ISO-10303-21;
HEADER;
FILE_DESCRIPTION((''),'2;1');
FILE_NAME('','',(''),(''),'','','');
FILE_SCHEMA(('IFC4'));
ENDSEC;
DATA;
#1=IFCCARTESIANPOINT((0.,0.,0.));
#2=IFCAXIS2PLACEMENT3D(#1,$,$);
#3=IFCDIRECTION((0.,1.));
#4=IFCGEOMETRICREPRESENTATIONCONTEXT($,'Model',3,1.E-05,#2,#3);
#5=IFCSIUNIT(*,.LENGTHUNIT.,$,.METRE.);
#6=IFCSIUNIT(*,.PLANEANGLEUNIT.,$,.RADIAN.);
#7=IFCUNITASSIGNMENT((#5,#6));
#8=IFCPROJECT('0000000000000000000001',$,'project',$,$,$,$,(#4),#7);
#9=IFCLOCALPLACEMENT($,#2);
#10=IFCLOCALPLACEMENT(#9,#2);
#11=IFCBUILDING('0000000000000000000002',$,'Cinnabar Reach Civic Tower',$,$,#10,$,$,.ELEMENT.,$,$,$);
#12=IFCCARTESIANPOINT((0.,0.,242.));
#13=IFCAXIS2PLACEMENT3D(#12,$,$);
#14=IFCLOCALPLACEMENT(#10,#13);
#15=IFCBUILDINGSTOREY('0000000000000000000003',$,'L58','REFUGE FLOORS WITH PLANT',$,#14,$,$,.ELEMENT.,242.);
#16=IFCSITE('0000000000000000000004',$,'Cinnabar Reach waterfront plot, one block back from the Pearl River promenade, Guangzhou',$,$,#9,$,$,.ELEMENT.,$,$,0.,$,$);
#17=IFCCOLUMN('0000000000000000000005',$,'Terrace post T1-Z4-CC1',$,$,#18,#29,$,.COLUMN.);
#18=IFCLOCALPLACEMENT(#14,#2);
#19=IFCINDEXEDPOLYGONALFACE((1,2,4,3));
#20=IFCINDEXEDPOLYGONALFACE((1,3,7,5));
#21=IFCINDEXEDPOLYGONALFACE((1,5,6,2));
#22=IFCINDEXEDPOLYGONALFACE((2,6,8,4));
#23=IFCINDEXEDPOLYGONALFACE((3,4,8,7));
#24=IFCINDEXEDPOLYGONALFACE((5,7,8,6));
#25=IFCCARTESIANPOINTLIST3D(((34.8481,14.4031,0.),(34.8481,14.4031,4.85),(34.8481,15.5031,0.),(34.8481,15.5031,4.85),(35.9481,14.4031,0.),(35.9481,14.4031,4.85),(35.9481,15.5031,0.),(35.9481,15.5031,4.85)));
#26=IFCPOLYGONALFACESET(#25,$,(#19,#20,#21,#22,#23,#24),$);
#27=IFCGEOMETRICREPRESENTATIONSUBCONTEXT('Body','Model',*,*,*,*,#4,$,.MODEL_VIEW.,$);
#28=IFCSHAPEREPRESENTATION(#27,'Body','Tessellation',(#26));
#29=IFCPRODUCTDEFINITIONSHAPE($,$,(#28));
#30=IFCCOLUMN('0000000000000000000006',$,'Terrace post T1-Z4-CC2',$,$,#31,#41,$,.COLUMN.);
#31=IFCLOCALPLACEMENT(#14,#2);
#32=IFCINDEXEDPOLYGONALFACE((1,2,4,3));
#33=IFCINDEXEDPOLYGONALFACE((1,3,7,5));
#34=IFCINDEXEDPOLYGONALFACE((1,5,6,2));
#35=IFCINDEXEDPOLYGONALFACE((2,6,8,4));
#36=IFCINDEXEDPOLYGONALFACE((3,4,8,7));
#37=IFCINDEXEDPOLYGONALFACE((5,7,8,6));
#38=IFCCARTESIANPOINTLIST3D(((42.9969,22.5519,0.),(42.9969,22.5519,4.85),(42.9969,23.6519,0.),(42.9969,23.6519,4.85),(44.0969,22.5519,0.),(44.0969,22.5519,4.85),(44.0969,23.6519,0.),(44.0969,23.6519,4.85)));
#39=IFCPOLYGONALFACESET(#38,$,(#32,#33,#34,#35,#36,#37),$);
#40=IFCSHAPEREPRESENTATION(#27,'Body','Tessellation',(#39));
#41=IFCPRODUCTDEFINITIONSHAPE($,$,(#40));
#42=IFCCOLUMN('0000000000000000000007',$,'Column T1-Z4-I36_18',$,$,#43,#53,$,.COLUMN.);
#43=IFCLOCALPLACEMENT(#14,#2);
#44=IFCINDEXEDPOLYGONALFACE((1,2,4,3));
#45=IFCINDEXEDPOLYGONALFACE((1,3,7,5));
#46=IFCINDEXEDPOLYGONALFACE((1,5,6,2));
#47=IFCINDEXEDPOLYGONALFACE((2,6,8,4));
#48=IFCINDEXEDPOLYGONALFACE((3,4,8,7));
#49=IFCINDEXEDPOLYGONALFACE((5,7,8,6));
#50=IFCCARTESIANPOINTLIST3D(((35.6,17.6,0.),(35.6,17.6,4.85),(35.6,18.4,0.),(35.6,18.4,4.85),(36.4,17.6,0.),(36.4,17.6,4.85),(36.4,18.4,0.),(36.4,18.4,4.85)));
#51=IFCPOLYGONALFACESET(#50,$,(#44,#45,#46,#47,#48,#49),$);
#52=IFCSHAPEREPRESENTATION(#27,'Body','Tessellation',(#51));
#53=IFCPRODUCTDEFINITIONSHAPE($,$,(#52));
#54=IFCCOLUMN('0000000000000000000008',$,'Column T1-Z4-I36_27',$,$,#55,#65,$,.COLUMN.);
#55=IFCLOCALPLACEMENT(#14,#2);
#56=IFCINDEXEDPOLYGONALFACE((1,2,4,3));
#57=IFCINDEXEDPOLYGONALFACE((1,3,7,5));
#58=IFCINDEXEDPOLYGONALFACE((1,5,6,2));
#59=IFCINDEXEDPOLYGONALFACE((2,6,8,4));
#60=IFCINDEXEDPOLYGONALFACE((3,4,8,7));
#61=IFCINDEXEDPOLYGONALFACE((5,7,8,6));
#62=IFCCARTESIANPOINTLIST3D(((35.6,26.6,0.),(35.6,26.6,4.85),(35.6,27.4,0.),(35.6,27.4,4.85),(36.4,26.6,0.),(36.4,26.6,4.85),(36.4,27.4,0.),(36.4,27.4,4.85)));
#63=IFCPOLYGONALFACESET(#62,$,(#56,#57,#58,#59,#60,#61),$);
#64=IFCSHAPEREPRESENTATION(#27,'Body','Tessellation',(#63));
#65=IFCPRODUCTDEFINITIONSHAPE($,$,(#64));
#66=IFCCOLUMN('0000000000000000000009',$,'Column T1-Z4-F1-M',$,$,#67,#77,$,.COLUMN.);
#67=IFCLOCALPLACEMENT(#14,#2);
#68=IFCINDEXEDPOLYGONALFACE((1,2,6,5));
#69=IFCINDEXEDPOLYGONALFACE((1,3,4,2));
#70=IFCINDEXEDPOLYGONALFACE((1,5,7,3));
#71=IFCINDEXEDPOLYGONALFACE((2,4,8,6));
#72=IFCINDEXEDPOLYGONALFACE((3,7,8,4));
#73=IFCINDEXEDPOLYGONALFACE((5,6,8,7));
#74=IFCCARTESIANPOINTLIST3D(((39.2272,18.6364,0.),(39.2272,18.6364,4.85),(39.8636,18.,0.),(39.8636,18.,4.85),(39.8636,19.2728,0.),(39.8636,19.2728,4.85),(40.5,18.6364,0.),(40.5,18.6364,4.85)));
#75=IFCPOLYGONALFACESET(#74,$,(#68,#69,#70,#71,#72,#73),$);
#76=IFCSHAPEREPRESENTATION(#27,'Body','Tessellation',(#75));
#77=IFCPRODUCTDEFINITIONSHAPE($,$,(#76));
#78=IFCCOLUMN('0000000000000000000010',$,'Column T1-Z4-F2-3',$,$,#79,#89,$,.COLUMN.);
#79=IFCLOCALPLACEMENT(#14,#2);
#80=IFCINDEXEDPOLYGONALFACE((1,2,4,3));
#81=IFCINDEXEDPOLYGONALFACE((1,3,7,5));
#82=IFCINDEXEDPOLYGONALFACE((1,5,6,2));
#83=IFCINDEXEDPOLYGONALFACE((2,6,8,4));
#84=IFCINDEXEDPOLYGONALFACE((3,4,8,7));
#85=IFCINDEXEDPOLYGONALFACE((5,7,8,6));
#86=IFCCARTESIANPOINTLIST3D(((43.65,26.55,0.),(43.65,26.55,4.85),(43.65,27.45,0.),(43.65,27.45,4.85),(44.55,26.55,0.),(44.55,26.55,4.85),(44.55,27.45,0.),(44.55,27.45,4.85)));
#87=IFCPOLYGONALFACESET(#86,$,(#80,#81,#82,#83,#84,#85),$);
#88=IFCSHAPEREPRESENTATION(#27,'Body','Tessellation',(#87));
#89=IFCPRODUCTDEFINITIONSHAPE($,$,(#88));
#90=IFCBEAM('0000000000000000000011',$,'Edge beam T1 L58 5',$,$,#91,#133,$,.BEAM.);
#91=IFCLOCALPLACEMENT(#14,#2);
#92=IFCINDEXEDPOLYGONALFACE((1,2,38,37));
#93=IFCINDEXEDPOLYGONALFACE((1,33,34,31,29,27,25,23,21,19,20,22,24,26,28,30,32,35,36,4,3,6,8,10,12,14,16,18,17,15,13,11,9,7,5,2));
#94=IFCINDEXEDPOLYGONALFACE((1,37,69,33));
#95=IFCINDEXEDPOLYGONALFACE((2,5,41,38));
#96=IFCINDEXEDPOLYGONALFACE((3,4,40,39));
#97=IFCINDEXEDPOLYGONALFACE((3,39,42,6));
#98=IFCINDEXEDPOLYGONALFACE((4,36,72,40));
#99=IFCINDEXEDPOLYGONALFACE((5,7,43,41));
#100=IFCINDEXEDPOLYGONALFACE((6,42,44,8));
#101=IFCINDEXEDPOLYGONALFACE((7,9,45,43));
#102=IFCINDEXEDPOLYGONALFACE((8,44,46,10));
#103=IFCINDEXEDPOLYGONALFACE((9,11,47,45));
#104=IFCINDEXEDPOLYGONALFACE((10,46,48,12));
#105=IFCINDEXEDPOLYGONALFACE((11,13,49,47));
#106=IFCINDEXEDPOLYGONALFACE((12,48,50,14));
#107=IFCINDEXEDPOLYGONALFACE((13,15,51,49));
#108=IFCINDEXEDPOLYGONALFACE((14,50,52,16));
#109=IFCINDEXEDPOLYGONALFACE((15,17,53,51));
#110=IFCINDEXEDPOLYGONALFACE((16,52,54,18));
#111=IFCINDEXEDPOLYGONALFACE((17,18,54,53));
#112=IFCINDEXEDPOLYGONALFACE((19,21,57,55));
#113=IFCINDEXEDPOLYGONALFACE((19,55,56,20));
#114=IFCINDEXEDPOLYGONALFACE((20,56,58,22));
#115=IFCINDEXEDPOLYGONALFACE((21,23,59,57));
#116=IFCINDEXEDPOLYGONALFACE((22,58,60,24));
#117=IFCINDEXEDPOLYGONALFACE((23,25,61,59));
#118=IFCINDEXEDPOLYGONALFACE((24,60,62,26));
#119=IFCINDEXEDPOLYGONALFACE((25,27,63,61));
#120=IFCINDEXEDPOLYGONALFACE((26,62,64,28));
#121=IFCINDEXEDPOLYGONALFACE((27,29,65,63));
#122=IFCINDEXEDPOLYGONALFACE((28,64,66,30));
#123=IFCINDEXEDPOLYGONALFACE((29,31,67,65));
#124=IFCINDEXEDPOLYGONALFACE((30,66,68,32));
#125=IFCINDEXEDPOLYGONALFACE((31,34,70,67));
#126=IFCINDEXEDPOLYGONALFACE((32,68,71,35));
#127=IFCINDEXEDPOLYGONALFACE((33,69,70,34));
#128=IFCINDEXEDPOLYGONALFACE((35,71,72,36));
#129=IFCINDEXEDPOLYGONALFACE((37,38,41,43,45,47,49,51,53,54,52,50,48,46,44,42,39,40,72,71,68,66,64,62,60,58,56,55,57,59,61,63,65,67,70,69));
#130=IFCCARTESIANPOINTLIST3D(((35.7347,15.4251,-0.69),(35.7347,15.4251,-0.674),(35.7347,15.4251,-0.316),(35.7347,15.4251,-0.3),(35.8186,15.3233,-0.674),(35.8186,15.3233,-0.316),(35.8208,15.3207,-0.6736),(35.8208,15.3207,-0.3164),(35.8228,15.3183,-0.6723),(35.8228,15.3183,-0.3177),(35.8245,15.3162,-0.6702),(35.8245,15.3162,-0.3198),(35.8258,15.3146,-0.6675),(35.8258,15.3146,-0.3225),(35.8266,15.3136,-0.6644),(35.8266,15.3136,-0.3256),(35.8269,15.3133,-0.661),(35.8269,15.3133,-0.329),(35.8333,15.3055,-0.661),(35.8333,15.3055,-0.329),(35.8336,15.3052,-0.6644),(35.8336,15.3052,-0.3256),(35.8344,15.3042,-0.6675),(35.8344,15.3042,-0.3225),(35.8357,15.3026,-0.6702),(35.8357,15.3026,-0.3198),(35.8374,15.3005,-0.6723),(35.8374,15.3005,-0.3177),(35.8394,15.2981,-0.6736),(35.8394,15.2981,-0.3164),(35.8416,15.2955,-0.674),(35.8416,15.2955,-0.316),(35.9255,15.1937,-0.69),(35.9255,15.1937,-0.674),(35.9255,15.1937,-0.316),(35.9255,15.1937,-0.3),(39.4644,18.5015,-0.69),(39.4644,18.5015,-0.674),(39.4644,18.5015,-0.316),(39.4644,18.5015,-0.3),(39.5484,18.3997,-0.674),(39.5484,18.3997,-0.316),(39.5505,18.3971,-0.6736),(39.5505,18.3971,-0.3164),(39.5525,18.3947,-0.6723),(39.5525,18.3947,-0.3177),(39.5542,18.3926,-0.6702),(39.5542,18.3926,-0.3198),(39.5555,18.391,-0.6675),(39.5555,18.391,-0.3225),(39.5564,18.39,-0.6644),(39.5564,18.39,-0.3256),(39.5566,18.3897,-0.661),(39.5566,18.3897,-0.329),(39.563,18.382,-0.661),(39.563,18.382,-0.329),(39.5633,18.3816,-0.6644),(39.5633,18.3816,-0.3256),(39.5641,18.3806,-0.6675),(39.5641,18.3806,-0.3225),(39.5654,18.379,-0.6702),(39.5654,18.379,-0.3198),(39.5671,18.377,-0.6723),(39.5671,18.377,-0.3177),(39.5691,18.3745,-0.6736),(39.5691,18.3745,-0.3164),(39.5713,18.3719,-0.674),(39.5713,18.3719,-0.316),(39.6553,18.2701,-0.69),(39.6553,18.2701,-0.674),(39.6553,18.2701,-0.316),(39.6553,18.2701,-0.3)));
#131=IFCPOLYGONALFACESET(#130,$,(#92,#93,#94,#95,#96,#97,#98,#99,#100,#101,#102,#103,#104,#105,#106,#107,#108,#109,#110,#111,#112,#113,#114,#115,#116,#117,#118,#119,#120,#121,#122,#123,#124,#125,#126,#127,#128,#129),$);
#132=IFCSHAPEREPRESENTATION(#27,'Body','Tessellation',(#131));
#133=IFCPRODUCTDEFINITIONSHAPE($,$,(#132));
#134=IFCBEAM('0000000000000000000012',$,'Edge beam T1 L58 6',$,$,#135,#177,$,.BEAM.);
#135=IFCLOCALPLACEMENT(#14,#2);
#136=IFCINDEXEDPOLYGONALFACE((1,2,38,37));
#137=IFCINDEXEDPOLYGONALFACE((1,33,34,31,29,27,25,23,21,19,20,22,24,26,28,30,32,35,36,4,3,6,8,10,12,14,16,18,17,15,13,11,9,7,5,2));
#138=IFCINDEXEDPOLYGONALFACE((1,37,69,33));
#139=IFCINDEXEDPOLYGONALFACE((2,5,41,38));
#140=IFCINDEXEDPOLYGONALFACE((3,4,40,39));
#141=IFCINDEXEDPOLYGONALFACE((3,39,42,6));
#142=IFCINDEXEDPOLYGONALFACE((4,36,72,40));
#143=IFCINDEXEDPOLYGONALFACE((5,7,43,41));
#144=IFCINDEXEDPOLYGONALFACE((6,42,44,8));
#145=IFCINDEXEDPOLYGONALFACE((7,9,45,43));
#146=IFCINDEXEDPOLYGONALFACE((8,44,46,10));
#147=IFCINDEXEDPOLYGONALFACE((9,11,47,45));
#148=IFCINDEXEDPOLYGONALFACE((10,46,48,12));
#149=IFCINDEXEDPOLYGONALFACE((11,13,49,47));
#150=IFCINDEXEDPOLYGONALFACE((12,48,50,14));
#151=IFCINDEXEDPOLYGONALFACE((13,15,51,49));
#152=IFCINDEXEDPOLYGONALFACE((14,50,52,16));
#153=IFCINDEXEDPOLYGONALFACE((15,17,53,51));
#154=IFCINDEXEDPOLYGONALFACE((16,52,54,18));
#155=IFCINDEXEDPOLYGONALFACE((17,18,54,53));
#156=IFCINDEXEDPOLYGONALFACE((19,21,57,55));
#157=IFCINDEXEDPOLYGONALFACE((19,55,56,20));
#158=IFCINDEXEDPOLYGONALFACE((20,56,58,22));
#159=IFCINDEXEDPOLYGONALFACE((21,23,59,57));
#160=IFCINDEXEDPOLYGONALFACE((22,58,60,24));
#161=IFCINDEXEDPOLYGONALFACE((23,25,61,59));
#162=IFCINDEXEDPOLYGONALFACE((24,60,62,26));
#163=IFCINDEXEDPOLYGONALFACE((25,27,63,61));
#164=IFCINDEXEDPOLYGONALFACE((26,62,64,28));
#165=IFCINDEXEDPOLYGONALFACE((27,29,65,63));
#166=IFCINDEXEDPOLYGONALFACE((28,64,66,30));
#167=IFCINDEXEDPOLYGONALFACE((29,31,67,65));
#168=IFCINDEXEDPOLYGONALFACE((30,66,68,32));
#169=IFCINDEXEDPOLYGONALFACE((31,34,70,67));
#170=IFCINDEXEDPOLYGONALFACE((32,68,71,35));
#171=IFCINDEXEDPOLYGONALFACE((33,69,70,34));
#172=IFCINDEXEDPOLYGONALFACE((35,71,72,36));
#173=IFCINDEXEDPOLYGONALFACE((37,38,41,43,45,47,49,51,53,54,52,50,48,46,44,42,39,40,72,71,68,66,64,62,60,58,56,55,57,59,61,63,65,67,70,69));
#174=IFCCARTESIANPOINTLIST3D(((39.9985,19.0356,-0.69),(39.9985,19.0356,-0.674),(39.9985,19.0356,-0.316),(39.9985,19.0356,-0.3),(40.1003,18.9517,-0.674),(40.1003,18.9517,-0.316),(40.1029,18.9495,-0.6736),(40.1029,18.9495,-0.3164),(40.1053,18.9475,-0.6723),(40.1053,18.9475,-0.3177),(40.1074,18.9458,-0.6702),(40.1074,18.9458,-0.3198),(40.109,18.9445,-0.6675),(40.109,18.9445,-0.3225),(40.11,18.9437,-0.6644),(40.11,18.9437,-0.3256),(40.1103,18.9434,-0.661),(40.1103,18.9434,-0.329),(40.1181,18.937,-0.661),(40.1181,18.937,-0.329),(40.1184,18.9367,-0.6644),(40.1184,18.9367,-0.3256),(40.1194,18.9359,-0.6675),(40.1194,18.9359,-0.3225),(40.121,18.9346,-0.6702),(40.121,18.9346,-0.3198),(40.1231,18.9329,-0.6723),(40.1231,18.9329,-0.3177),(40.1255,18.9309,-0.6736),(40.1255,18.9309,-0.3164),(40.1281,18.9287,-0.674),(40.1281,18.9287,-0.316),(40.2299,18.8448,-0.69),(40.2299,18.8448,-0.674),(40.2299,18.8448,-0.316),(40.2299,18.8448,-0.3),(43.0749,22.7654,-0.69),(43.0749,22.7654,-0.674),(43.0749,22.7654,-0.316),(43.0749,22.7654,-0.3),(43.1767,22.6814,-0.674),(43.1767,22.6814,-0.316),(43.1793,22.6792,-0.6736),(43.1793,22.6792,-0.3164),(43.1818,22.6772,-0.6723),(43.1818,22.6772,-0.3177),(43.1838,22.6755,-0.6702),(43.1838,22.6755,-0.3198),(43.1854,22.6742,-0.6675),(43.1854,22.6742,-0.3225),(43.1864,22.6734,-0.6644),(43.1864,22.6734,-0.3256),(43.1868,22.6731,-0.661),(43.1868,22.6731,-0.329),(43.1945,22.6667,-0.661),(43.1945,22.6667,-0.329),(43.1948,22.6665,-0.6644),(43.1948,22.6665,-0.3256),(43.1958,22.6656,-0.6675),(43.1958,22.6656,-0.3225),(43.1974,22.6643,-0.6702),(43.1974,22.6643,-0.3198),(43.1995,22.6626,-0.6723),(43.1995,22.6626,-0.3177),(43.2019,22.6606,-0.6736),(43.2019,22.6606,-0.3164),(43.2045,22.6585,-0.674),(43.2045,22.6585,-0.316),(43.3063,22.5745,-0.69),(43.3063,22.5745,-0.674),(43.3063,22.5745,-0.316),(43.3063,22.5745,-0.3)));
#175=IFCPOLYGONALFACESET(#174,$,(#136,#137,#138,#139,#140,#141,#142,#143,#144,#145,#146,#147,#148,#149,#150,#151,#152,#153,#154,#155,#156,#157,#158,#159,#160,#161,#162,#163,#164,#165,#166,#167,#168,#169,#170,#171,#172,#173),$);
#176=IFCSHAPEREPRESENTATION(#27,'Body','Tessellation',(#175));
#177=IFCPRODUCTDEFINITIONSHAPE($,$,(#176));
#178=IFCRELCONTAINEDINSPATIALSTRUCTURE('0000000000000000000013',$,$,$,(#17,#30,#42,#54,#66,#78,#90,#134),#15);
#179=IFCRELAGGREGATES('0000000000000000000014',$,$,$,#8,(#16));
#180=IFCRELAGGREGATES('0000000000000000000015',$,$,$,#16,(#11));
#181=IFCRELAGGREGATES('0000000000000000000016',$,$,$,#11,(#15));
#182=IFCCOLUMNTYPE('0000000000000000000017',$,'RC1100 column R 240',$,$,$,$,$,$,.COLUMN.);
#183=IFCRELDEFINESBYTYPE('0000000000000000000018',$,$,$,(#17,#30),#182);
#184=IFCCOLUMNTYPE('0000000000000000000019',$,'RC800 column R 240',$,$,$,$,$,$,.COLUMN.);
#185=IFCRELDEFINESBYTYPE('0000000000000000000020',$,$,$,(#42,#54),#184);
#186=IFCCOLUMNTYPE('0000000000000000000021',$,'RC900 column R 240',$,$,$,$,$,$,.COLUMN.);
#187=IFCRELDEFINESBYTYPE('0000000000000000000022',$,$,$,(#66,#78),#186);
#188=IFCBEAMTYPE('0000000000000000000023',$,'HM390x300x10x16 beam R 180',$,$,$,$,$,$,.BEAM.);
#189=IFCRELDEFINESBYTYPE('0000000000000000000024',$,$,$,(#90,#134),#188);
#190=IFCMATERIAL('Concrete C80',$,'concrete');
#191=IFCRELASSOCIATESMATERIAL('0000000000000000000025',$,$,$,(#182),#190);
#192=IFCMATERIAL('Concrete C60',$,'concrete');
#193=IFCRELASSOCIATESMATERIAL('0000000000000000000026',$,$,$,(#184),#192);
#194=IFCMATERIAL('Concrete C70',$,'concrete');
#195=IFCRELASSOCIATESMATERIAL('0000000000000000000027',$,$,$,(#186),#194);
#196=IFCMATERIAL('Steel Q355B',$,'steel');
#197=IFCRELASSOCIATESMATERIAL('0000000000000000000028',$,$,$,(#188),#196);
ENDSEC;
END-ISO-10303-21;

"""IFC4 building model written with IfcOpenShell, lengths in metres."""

from ifc_helpers import new_model, si_unit, direction, frame, origin, origin_2d, place, context, subcontext, project, spatial, rectangle, i_section, extrude, material, material_profile, profile_set, type_object, element, save


model = new_model("IFC4")

# Units and contexts
model_context = context("Model", 3, precision=1e-05, world=origin(), true_north=direction((0.0, 1.0)))
body_context = subcontext(model_context, "Body", "Model", "MODEL_VIEW")
ifc_project = project(units=[si_unit("LENGTHUNIT", "METRE"), si_unit("PLANEANGLEUNIT", "RADIAN")], contexts=[model_context])

# Site, building, storey
site_placement = place(None, origin())
site = spatial("IfcSite", under=ifc_project, at=site_placement, Name="Cinnabar Reach waterfront plot, one block back from the Pearl River promenade, Guangzhou", CompositionType="ELEMENT", RefElevation=0.0)
building_placement = place(site_placement, origin())
building = spatial("IfcBuilding", under=site, at=building_placement, Name="Cinnabar Reach Civic Tower", CompositionType="ELEMENT")
storey_placement = place(building_placement, frame((0.0, 0.0, 242.0)))
storey = spatial("IfcBuildingStorey", under=building, at=storey_placement, Name="L58", Description="REFUGE FLOORS WITH PLANT", CompositionType="ELEMENT", Elevation=242.0)

# Columns
ifc_material_1 = material(Name="Concrete C80", Category="concrete")
ifc_material_profile_1 = material_profile(ifc_material_1, rectangle(XDim=1.1, YDim=1.1, at=origin_2d()), Name="RC1100")
ifc_profile_set_1 = profile_set([ifc_material_profile_1], Name="Concrete C80")
column_type_1 = type_object("IfcColumnType", Name="RC1100 column R 240", PredefinedType="COLUMN", material=ifc_profile_set_1)
for number, where, z_axis, x_axis, name in (
    (1, (35.3981, 14.9531, 0.0), (0.0, 0.0, 1.0), (1.0, 0.0, 0.0), "Terrace post T1-Z4-CC1"),
    (2, (43.5469, 23.1019, 0.0), (0.0, 0.0, 1.0), (1.0, 0.0, 0.0), "Terrace post T1-Z4-CC2"),
):
    element("IfcColumn", number, at=place(storey_placement, frame(where, z_axis=z_axis, x_axis=x_axis)), inside=storey, type_object=column_type_1, Name=name, PredefinedType="COLUMN", context=body_context, shape_type="SweptSolid", body=[
        extrude(rectangle(XDim=1.1, YDim=1.1, at=origin_2d()), origin(), (0.0, 0.0, 1.0), 4.85),
    ])
ifc_material_2 = material(Name="Concrete C60", Category="concrete")
ifc_material_profile_2 = material_profile(ifc_material_2, rectangle(XDim=0.8, YDim=0.8, at=origin_2d()), Name="RC800")
ifc_profile_set_2 = profile_set([ifc_material_profile_2], Name="Concrete C60")
column_type_2 = type_object("IfcColumnType", Name="RC800 column R 240", PredefinedType="COLUMN", material=ifc_profile_set_2)
for number, where, z_axis, x_axis, name in (
    (3, (36.0, 18.0, 0.0), (0.0, 0.0, 1.0), (1.0, 0.0, 0.0), "Column T1-Z4-I36_18"),
    (4, (36.0, 27.0, 0.0), (0.0, 0.0, 1.0), (1.0, 0.0, 0.0), "Column T1-Z4-I36_27"),
):
    element("IfcColumn", number, at=place(storey_placement, frame(where, z_axis=z_axis, x_axis=x_axis)), inside=storey, type_object=column_type_2, Name=name, PredefinedType="COLUMN", context=body_context, shape_type="SweptSolid", body=[
        extrude(rectangle(XDim=0.8, YDim=0.8, at=origin_2d()), origin(), (0.0, 0.0, 1.0), 4.85),
    ])
ifc_material_3 = material(Name="Concrete C70", Category="concrete")
ifc_material_profile_3 = material_profile(ifc_material_3, rectangle(XDim=0.9, YDim=0.9, at=origin_2d()), Name="RC900")
ifc_profile_set_3 = profile_set([ifc_material_profile_3], Name="Concrete C70")
column_type_3 = type_object("IfcColumnType", Name="RC900 column R 240", PredefinedType="COLUMN", material=ifc_profile_set_3)
for number, where, z_axis, x_axis, name in (
    (5, (39.8636, 18.6364, 0.0), (0.0, 0.0, 1.0), (0.707107, 0.707107, 0.0), "Column T1-Z4-F1-M"),
    (6, (44.1, 27.0, 0.0), (0.0, 0.0, 1.0), (1.0, 0.0, 0.0), "Column T1-Z4-F2-3"),
):
    element("IfcColumn", number, at=place(storey_placement, frame(where, z_axis=z_axis, x_axis=x_axis)), inside=storey, type_object=column_type_3, Name=name, PredefinedType="COLUMN", context=body_context, shape_type="SweptSolid", body=[
        extrude(rectangle(XDim=0.9, YDim=0.9, at=origin_2d()), origin(), (0.0, 0.0, 1.0), 4.85),
    ])

# Beams
ifc_material_4 = material(Name="Steel Q355B", Category="steel")
ifc_material_profile_4 = material_profile(ifc_material_4, i_section(OverallWidth=0.3, OverallDepth=0.39, WebThickness=0.01, FlangeThickness=0.016, FilletRadius=0.013, at=origin_2d()), Name="HM390x300x10x16")
ifc_profile_set_4 = profile_set([ifc_material_profile_4], Name="Steel Q355B")
beam_type_1 = type_object("IfcBeamType", Name="HM390x300x10x16 beam R 180", PredefinedType="BEAM", material=ifc_profile_set_4)
for number, where, z_axis, x_axis, name in (
    (7, (35.8301, 15.3094, -0.495), (0.771434, 0.636309, 0.0), (-0.636309, 0.771434, 0.0), "Edge beam T1 L58 5"),
    (8, (40.1142, 18.9402, -0.495), (0.636309, 0.771434, 0.0), (-0.771434, 0.636309, 0.0), "Edge beam T1 L58 6"),
):
    element("IfcBeam", number, at=place(storey_placement, frame(where, z_axis=z_axis, x_axis=x_axis)), inside=storey, type_object=beam_type_1, Name=name, PredefinedType="BEAM", context=body_context, shape_type="SweptSolid", body=[
        extrude(i_section(OverallWidth=0.3, OverallDepth=0.39, WebThickness=0.01, FlangeThickness=0.016, FilletRadius=0.013, at=origin_2d()), origin(), (0.0, 0.0, 1.0), 4.8348),
    ])

save(model, "model.ifc")
